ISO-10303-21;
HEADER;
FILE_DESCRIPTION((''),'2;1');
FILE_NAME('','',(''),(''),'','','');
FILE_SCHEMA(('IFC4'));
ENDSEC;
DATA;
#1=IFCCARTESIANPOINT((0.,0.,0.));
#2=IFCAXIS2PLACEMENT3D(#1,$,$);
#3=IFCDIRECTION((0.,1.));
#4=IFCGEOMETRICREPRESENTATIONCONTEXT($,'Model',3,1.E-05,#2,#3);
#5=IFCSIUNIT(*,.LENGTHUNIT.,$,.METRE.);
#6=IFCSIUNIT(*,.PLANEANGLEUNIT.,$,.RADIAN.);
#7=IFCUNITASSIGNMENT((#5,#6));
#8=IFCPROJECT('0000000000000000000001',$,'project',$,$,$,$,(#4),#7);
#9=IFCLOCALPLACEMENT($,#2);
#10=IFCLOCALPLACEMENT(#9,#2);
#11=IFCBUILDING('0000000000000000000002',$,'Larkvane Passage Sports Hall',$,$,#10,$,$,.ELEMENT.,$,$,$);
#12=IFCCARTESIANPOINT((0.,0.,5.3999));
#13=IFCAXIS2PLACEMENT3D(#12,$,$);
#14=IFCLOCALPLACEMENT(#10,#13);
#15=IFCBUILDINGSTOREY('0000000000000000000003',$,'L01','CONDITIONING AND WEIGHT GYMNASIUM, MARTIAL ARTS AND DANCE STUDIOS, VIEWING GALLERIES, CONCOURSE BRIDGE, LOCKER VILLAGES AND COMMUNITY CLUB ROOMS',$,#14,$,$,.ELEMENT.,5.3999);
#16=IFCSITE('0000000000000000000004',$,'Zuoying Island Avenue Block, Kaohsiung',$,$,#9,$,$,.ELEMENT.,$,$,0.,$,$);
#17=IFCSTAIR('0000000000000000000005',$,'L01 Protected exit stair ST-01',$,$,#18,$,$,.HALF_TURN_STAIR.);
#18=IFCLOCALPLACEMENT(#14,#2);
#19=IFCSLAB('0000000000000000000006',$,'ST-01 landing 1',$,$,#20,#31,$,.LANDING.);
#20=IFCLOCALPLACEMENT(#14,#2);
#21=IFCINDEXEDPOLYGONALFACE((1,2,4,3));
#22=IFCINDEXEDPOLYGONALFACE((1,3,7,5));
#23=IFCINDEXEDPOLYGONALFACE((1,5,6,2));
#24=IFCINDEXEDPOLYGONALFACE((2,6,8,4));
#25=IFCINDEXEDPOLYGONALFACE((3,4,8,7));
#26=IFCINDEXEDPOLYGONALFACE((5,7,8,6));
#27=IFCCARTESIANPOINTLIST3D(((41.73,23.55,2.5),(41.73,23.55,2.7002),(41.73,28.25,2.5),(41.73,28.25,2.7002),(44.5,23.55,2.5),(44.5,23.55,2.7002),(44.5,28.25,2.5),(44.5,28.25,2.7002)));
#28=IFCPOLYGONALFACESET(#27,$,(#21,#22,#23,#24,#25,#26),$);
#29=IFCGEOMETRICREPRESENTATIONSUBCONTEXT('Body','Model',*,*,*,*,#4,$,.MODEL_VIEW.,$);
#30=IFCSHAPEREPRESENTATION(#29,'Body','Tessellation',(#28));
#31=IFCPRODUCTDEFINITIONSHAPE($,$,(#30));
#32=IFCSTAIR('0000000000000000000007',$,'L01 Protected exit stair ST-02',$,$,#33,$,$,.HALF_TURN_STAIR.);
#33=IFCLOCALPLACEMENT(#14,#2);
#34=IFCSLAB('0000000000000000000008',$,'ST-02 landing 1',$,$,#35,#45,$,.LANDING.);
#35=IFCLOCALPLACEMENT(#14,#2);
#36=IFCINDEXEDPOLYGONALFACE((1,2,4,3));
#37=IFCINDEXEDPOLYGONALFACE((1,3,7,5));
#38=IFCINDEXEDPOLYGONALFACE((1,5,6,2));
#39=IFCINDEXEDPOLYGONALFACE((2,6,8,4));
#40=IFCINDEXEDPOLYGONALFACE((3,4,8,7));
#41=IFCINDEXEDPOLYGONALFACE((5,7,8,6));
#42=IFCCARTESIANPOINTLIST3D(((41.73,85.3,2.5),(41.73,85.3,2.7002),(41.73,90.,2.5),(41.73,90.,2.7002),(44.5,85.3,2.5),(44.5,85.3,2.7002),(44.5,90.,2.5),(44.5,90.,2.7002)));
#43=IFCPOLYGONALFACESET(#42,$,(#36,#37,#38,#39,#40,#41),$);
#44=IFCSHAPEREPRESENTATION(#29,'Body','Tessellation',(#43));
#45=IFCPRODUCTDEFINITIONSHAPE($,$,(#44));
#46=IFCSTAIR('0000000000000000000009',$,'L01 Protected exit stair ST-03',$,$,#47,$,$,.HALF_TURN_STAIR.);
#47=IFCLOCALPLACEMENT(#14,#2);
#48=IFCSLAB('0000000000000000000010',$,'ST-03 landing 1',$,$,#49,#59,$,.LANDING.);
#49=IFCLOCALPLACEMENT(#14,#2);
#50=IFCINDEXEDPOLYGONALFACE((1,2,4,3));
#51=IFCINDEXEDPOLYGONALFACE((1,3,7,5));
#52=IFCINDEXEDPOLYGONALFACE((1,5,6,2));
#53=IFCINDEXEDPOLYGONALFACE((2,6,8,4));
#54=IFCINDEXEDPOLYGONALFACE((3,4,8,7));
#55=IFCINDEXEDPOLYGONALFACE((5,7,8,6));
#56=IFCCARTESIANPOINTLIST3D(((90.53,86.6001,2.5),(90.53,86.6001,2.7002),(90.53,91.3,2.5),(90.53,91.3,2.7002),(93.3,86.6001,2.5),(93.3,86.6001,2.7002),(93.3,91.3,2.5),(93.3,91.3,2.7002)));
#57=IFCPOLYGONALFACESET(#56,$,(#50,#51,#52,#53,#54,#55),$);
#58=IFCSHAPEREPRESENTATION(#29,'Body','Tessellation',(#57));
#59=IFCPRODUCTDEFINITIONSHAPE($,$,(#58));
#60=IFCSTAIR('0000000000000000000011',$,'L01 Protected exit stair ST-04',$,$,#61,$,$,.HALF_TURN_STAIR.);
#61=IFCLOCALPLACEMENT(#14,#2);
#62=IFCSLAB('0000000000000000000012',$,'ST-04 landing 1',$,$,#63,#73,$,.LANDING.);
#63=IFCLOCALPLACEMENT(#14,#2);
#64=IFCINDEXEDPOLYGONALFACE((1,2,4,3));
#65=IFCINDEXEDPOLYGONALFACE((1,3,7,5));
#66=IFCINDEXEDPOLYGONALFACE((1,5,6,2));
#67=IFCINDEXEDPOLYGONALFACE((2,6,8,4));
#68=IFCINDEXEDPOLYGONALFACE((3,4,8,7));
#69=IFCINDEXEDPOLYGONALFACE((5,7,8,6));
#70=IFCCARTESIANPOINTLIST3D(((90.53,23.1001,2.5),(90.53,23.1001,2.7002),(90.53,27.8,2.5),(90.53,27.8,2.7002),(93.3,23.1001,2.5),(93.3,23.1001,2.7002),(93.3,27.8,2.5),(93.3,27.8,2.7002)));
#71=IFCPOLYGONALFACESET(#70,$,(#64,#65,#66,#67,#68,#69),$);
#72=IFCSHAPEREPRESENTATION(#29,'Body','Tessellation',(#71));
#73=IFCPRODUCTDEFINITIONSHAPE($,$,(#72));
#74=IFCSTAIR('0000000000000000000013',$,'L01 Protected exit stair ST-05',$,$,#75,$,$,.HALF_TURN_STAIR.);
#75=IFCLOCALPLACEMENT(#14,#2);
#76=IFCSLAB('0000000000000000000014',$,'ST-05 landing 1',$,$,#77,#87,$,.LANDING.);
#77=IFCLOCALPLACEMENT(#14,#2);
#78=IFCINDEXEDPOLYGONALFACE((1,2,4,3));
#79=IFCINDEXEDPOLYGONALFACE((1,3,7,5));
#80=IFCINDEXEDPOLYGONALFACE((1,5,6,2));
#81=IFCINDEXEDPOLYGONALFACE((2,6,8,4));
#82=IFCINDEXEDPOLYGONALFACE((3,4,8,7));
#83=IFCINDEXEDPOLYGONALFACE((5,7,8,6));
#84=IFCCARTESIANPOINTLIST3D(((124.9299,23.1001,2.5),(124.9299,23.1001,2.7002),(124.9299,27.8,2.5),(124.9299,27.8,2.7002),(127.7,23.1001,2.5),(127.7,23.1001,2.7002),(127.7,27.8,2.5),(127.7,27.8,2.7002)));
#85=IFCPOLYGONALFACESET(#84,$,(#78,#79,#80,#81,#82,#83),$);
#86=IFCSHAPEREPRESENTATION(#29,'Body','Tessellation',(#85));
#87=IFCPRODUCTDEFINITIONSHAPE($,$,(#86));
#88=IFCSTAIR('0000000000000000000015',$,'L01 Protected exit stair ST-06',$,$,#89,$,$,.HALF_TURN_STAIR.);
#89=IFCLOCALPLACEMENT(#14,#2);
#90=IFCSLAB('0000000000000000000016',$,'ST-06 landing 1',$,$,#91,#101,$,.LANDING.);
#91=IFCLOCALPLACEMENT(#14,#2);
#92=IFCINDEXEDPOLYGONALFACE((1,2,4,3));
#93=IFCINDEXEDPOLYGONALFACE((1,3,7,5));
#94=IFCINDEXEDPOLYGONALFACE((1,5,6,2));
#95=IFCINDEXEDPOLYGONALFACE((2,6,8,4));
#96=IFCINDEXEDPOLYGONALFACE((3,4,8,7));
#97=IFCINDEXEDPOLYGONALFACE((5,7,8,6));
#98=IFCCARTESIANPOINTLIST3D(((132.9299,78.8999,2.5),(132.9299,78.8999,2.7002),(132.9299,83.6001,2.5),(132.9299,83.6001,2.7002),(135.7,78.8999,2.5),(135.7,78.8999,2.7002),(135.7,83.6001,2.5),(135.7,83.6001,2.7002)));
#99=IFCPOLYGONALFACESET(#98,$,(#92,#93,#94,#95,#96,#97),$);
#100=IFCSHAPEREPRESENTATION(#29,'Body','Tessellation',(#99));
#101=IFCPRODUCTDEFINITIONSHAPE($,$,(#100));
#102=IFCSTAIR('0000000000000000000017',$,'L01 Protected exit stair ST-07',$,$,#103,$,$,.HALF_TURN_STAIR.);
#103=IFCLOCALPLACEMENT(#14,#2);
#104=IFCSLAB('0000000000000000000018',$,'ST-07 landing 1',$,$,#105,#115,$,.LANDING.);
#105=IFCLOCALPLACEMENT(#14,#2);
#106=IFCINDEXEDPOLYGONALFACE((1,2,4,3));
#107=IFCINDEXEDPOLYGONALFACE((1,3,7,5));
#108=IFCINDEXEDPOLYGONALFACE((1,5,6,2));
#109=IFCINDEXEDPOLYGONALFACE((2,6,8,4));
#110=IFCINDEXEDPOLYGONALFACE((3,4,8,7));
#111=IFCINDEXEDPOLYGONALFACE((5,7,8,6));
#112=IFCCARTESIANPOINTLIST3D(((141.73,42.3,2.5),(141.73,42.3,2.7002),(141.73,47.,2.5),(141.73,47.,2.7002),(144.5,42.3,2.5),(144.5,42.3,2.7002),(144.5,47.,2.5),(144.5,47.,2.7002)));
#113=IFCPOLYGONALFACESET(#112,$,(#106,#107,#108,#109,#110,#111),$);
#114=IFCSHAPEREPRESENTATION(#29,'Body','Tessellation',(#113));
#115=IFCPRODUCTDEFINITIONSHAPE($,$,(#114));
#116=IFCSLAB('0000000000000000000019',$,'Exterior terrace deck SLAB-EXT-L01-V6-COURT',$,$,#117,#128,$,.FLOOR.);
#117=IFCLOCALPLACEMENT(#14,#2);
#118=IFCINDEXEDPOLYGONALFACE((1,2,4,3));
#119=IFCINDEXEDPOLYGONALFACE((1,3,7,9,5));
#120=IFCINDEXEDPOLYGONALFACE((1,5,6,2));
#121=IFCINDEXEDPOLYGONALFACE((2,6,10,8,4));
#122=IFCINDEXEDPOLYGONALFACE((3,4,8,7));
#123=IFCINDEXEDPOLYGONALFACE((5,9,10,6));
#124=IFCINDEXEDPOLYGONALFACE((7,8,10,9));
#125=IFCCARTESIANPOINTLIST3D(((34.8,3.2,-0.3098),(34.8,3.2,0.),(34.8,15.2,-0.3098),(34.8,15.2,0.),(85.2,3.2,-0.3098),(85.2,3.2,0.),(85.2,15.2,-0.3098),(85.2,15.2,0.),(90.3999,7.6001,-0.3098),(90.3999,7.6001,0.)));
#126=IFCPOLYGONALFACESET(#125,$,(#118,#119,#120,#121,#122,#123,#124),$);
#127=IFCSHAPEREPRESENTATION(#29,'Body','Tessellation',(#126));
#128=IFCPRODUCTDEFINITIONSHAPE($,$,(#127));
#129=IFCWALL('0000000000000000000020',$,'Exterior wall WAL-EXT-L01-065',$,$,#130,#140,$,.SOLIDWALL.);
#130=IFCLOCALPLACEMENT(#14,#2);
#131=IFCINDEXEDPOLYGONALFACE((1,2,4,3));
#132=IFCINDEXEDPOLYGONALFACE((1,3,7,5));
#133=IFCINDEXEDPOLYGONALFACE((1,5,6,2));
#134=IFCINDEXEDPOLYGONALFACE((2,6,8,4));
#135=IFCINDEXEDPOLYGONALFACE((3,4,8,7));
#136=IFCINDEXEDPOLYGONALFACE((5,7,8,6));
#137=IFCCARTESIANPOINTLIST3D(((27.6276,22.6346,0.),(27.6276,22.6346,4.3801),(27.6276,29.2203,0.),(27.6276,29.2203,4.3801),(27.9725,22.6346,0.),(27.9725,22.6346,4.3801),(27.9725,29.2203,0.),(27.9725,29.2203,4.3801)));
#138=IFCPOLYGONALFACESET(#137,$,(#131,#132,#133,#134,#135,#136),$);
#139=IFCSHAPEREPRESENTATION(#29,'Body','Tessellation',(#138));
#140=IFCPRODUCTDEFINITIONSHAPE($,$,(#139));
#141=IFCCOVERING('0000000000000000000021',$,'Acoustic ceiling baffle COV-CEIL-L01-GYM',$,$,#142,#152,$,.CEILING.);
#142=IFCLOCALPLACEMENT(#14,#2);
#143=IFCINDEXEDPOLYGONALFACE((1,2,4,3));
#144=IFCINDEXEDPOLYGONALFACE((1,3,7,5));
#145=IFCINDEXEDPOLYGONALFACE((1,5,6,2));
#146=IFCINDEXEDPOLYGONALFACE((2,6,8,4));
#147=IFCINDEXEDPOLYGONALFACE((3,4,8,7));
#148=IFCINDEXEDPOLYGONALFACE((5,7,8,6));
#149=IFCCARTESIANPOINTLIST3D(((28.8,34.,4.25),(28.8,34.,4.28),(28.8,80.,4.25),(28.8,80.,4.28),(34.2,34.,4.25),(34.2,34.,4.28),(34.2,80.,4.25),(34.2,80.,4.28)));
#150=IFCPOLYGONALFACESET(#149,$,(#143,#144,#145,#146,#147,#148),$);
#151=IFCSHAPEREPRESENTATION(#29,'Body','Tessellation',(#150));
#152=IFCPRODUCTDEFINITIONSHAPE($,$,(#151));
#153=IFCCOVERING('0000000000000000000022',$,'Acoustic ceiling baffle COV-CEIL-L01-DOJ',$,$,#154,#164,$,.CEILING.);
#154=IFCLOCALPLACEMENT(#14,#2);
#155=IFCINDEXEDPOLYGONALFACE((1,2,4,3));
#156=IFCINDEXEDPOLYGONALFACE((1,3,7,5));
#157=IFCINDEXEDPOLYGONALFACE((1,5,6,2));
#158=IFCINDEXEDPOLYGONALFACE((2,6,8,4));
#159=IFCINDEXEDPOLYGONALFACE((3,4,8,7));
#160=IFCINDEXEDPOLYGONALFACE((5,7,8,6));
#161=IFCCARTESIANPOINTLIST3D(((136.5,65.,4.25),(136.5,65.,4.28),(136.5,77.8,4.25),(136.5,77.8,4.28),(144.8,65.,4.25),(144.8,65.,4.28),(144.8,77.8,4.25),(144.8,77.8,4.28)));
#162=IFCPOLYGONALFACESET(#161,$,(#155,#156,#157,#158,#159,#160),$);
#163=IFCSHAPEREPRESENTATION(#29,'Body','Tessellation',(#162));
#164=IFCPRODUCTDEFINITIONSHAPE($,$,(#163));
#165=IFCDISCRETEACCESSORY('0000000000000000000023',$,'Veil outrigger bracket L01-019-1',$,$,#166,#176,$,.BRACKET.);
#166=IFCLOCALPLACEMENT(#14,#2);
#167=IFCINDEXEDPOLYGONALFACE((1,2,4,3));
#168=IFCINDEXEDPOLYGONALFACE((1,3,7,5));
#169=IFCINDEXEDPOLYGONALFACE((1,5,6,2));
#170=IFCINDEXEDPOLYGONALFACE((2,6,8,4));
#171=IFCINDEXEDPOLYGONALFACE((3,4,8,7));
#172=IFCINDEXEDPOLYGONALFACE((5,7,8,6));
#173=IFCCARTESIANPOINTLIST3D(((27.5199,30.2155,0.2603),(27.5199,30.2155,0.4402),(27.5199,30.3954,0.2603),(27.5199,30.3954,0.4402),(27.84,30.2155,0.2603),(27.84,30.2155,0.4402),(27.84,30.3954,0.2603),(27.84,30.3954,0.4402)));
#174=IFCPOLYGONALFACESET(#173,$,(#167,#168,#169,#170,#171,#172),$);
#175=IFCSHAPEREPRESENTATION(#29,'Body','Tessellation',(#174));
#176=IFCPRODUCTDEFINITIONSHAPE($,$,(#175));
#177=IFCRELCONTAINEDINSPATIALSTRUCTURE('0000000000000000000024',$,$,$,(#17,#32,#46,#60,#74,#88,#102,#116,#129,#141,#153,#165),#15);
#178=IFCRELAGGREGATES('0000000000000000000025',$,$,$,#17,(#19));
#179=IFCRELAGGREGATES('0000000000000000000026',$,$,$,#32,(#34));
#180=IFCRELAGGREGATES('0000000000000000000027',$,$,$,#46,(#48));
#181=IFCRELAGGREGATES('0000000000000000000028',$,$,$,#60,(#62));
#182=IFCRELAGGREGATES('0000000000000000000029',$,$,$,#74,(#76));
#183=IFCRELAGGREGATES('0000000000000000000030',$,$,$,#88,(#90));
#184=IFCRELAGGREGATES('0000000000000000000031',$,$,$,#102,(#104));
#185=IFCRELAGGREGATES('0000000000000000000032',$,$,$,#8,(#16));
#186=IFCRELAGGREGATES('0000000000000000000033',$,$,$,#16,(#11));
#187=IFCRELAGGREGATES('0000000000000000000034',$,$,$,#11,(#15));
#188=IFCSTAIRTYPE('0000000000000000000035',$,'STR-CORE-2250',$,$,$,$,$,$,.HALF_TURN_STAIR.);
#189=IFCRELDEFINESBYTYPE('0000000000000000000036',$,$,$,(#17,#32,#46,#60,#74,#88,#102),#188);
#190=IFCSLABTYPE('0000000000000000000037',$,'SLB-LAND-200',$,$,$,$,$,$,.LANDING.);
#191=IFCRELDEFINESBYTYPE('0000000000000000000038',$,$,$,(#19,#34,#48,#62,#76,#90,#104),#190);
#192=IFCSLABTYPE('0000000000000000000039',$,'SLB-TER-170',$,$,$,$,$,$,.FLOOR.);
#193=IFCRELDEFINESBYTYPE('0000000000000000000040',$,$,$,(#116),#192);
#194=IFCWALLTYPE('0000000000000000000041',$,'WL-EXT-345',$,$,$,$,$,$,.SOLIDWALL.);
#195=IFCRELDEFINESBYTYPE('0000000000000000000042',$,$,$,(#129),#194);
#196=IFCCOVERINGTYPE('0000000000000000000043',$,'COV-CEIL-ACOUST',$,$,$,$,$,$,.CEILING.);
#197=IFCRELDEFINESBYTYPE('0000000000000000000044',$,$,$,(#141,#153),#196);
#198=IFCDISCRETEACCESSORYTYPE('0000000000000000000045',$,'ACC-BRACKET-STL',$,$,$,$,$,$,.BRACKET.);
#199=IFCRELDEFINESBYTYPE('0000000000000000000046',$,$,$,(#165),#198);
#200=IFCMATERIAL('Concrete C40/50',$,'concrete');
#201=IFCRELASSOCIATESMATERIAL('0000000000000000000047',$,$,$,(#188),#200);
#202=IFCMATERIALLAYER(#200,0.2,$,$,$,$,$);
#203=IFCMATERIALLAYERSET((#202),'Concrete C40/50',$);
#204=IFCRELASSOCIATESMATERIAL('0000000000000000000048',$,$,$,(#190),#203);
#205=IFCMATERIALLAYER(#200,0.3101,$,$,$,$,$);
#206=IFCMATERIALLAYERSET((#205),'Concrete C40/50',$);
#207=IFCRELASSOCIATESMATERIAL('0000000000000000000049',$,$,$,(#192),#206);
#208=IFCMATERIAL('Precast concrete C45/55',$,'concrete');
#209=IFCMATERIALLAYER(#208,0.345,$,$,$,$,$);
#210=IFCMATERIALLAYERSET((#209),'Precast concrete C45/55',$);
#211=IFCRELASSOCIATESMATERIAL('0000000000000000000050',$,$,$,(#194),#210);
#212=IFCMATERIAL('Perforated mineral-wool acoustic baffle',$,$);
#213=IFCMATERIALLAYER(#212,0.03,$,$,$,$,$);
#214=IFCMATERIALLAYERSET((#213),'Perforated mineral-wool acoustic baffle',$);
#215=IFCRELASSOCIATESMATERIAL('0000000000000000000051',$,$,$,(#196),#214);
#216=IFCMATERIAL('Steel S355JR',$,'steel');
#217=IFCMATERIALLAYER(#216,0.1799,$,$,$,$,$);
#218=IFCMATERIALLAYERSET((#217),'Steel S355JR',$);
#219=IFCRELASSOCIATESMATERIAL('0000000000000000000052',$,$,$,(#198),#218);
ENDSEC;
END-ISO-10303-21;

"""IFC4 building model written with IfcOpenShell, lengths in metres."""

from ifc_helpers import new_model, si_unit, direction, frame, frame_2d, origin, origin_2d, place, context, subcontext, project, spatial, polyline, rectangle, outline, extrude, material, layer, layer_set, type_object, element, aggregate, save


model = new_model("IFC4")

# Units and contexts
model_context = context("Model", 3, precision=1e-05, world=origin(), true_north=direction((0.0, 1.0)))
body_context = subcontext(model_context, "Body", "Model", "MODEL_VIEW")
ifc_project = project(units=[si_unit("LENGTHUNIT", "METRE"), si_unit("PLANEANGLEUNIT", "RADIAN")], contexts=[model_context])

# Site, building, storey
site_placement = place(None, origin())
site = spatial("IfcSite", under=ifc_project, at=site_placement, Name="Zuoying Island Avenue Block, Kaohsiung", CompositionType="ELEMENT", RefElevation=0.0)
building_placement = place(site_placement, origin())
building = spatial("IfcBuilding", under=site, at=building_placement, Name="Larkvane Passage Sports Hall", CompositionType="ELEMENT")
storey_placement = place(building_placement, frame((0.0, 0.0, 5.3999)))
storey = spatial("IfcBuildingStorey", under=building, at=storey_placement, Name="L01", Description="CONDITIONING AND WEIGHT GYMNASIUM, MARTIAL ARTS AND DANCE STUDIOS, VIEWING GALLERIES, CONCOURSE BRIDGE, LOCKER VILLAGES AND COMMUNITY CLUB ROOMS", CompositionType="ELEMENT", Elevation=5.3999)

# Shared definitions
ifc_material_1 = material(Name="Steel S355JR", Category="steel")

# Shared definitions
ifc_material_2 = material(Name="Concrete C40/50", Category="concrete")

# Stairs, slabs
stair_type = type_object("IfcStairType", Name="STR-CORE-2250", PredefinedType="HALF_TURN_STAIR", material=ifc_material_2)
stair_1_placement = place(storey_placement, origin())
stair_1 = element("IfcStair", 1, at=stair_1_placement, inside=storey, type_object=stair_type, Name="L01 Protected exit stair ST-01", PredefinedType="HALF_TURN_STAIR")
ifc_layer_1 = layer(ifc_material_2, 0.2)
ifc_layer_set_1 = layer_set([ifc_layer_1], Name="Concrete C40/50")
slab_type_1 = type_object("IfcSlabType", Name="SLB-LAND-200", PredefinedType="LANDING", material=ifc_layer_set_1)
slab_1_placement = place(storey_placement, frame((0.0, 0.0, 2.5)))
slab_1 = element("IfcSlab", 2, at=slab_1_placement, type_object=slab_type_1, Name="ST-01 landing 1", PredefinedType="LANDING", context=body_context, shape_type="SweptSolid", body=[
    extrude(outline(polyline([(41.73, 23.55), (44.5, 23.55), (44.5, 28.25), (41.73, 28.25), (41.73, 23.55)])), origin(), (0.0, 0.0, 1.0), 0.2002),
])
aggregate(stair_1, [slab_1])
stair_2_placement = place(storey_placement, origin())
stair_2 = element("IfcStair", 3, at=stair_2_placement, inside=storey, type_object=stair_type, Name="L01 Protected exit stair ST-02", PredefinedType="HALF_TURN_STAIR")
slab_2_placement = place(storey_placement, frame((0.0, 0.0, 2.5)))
slab_2 = element("IfcSlab", 4, at=slab_2_placement, type_object=slab_type_1, Name="ST-02 landing 1", PredefinedType="LANDING", context=body_context, shape_type="SweptSolid", body=[
    extrude(outline(polyline([(41.73, 85.3), (44.5, 85.3), (44.5, 90.0), (41.73, 90.0), (41.73, 85.3)])), origin(), (0.0, 0.0, 1.0), 0.2002),
])
aggregate(stair_2, [slab_2])
stair_3_placement = place(storey_placement, origin())
stair_3 = element("IfcStair", 5, at=stair_3_placement, inside=storey, type_object=stair_type, Name="L01 Protected exit stair ST-03", PredefinedType="HALF_TURN_STAIR")
slab_3_placement = place(storey_placement, frame((0.0, 0.0, 2.5)))
slab_3 = element("IfcSlab", 6, at=slab_3_placement, type_object=slab_type_1, Name="ST-03 landing 1", PredefinedType="LANDING", context=body_context, shape_type="SweptSolid", body=[
    extrude(outline(polyline([(90.53, 86.6001), (93.3, 86.6001), (93.3, 91.3), (90.53, 91.3), (90.53, 86.6001)])), origin(), (0.0, 0.0, 1.0), 0.2002),
])
aggregate(stair_3, [slab_3])
stair_4_placement = place(storey_placement, origin())
stair_4 = element("IfcStair", 7, at=stair_4_placement, inside=storey, type_object=stair_type, Name="L01 Protected exit stair ST-04", PredefinedType="HALF_TURN_STAIR")
slab_4_placement = place(storey_placement, frame((0.0, 0.0, 2.5)))
slab_4 = element("IfcSlab", 8, at=slab_4_placement, type_object=slab_type_1, Name="ST-04 landing 1", PredefinedType="LANDING", context=body_context, shape_type="SweptSolid", body=[
    extrude(outline(polyline([(90.53, 23.1001), (93.3, 23.1001), (93.3, 27.8), (90.53, 27.8), (90.53, 23.1001)])), origin(), (0.0, 0.0, 1.0), 0.2002),
])
aggregate(stair_4, [slab_4])
stair_5_placement = place(storey_placement, origin())
stair_5 = element("IfcStair", 9, at=stair_5_placement, inside=storey, type_object=stair_type, Name="L01 Protected exit stair ST-05", PredefinedType="HALF_TURN_STAIR")
slab_5_placement = place(storey_placement, frame((0.0, 0.0, 2.5)))
slab_5 = element("IfcSlab", 10, at=slab_5_placement, type_object=slab_type_1, Name="ST-05 landing 1", PredefinedType="LANDING", context=body_context, shape_type="SweptSolid", body=[
    extrude(outline(polyline([(124.9299, 23.1001), (127.7, 23.1001), (127.7, 27.8), (124.9299, 27.8), (124.9299, 23.1001)])), origin(), (0.0, 0.0, 1.0), 0.2002),
])
aggregate(stair_5, [slab_5])
stair_6_placement = place(storey_placement, origin())
stair_6 = element("IfcStair", 11, at=stair_6_placement, inside=storey, type_object=stair_type, Name="L01 Protected exit stair ST-06", PredefinedType="HALF_TURN_STAIR")
slab_6_placement = place(storey_placement, frame((0.0, 0.0, 2.5)))
slab_6 = element("IfcSlab", 12, at=slab_6_placement, type_object=slab_type_1, Name="ST-06 landing 1", PredefinedType="LANDING", context=body_context, shape_type="SweptSolid", body=[
    extrude(outline(polyline([(132.9299, 78.8999), (135.7, 78.8999), (135.7, 83.6001), (132.9299, 83.6001), (132.9299, 78.8999)])), origin(), (0.0, 0.0, 1.0), 0.2002),
])
aggregate(stair_6, [slab_6])
stair_7_placement = place(storey_placement, origin())
stair_7 = element("IfcStair", 13, at=stair_7_placement, inside=storey, type_object=stair_type, Name="L01 Protected exit stair ST-07", PredefinedType="HALF_TURN_STAIR")
slab_7_placement = place(storey_placement, frame((0.0, 0.0, 2.5)))
slab_7 = element("IfcSlab", 14, at=slab_7_placement, type_object=slab_type_1, Name="ST-07 landing 1", PredefinedType="LANDING", context=body_context, shape_type="SweptSolid", body=[
    extrude(outline(polyline([(141.73, 42.3), (144.5, 42.3), (144.5, 47.0), (141.73, 47.0), (141.73, 42.3)])), origin(), (0.0, 0.0, 1.0), 0.2002),
])
aggregate(stair_7, [slab_7])

# Slab
ifc_layer_2 = layer(ifc_material_2, 0.3101)
ifc_layer_set_2 = layer_set([ifc_layer_2], Name="Concrete C40/50")
slab_type_2 = type_object("IfcSlabType", Name="SLB-TER-170", PredefinedType="FLOOR", material=ifc_layer_set_2)
slab_8_placement = place(storey_placement, frame((0.0, 0.0, -0.3098)))
element("IfcSlab", 15, at=slab_8_placement, inside=storey, type_object=slab_type_2, Name="Exterior terrace deck SLAB-EXT-L01-V6-COURT", PredefinedType="FLOOR", context=body_context, shape_type="SweptSolid", body=[
    extrude(outline(polyline([(34.8, 3.2), (85.2, 3.2), (90.3999, 7.6001), (85.2, 15.2), (34.8, 15.2), (34.8, 3.2)])), origin(), (0.0, 0.0, 1.0), 0.3098),
])

# Wall
ifc_material_3 = material(Name="Precast concrete C45/55", Category="concrete")
ifc_layer_3 = layer(ifc_material_3, 0.345)
ifc_layer_set_3 = layer_set([ifc_layer_3], Name="Precast concrete C45/55")
wall_type = type_object("IfcWallType", Name="WL-EXT-345", PredefinedType="SOLIDWALL", material=ifc_layer_set_3)
wall_placement = place(storey_placement, frame((27.8, 22.6345, 0.0), z_axis=(0.0, 0.0, 1.0), x_axis=(0.0, 1.0, 0.0)))
element("IfcWall", 16, at=wall_placement, inside=storey, type_object=wall_type, Name="Exterior wall WAL-EXT-L01-065", PredefinedType="SOLIDWALL", context=body_context, shape_type="SweptSolid", body=[
    extrude(rectangle(XDim=6.5857, YDim=0.345, at=frame_2d((3.293, 0.0))), origin(), (0.0, 0.0, 1.0), 4.3801),
])

# Coverings
ifc_material_4 = material(Name="Perforated mineral-wool acoustic baffle")
ifc_layer_4 = layer(ifc_material_4, 0.03)
ifc_layer_set_4 = layer_set([ifc_layer_4], Name="Perforated mineral-wool acoustic baffle")
covering_type = type_object("IfcCoveringType", Name="COV-CEIL-ACOUST", PredefinedType="CEILING", material=ifc_layer_set_4)
covering_1_placement = place(storey_placement, frame((0.0, 0.0, 4.25)))
element("IfcCovering", 17, at=covering_1_placement, inside=storey, type_object=covering_type, Name="Acoustic ceiling baffle COV-CEIL-L01-GYM", PredefinedType="CEILING", context=body_context, shape_type="SweptSolid", body=[
    extrude(outline(polyline([(28.8, 34.0), (34.2, 34.0), (34.2, 80.0), (28.8, 80.0), (28.8, 34.0)])), origin(), (0.0, 0.0, 1.0), 0.03),
])
covering_2_placement = place(storey_placement, frame((0.0, 0.0, 4.25)))
element("IfcCovering", 18, at=covering_2_placement, inside=storey, type_object=covering_type, Name="Acoustic ceiling baffle COV-CEIL-L01-DOJ", PredefinedType="CEILING", context=body_context, shape_type="SweptSolid", body=[
    extrude(outline(polyline([(136.5, 65.0), (144.8, 65.0), (144.8, 77.8), (136.5, 77.8), (136.5, 65.0)])), origin(), (0.0, 0.0, 1.0), 0.03),
])

# Discrete accessory
ifc_layer_5 = layer(ifc_material_1, 0.1799)
ifc_layer_set_5 = layer_set([ifc_layer_5], Name="Steel S355JR")
discrete_accessory_type = type_object("IfcDiscreteAccessoryType", Name="ACC-BRACKET-STL", PredefinedType="BRACKET", material=ifc_layer_set_5)
discrete_accessory_placement = place(storey_placement, frame((27.6799, 30.3054, 0.2603), z_axis=(0.0, 0.0, 1.0), x_axis=(0.0, 1.0, 0.0)))
element("IfcDiscreteAccessory", 19, at=discrete_accessory_placement, inside=storey, type_object=discrete_accessory_type, Name="Veil outrigger bracket L01-019-1", PredefinedType="BRACKET", context=body_context, shape_type="SweptSolid", body=[
    extrude(rectangle(XDim=0.1799, YDim=0.3201, at=origin_2d()), origin(), (0.0, 0.0, 1.0), 0.1799),
])

save(model, "model.ifc")
